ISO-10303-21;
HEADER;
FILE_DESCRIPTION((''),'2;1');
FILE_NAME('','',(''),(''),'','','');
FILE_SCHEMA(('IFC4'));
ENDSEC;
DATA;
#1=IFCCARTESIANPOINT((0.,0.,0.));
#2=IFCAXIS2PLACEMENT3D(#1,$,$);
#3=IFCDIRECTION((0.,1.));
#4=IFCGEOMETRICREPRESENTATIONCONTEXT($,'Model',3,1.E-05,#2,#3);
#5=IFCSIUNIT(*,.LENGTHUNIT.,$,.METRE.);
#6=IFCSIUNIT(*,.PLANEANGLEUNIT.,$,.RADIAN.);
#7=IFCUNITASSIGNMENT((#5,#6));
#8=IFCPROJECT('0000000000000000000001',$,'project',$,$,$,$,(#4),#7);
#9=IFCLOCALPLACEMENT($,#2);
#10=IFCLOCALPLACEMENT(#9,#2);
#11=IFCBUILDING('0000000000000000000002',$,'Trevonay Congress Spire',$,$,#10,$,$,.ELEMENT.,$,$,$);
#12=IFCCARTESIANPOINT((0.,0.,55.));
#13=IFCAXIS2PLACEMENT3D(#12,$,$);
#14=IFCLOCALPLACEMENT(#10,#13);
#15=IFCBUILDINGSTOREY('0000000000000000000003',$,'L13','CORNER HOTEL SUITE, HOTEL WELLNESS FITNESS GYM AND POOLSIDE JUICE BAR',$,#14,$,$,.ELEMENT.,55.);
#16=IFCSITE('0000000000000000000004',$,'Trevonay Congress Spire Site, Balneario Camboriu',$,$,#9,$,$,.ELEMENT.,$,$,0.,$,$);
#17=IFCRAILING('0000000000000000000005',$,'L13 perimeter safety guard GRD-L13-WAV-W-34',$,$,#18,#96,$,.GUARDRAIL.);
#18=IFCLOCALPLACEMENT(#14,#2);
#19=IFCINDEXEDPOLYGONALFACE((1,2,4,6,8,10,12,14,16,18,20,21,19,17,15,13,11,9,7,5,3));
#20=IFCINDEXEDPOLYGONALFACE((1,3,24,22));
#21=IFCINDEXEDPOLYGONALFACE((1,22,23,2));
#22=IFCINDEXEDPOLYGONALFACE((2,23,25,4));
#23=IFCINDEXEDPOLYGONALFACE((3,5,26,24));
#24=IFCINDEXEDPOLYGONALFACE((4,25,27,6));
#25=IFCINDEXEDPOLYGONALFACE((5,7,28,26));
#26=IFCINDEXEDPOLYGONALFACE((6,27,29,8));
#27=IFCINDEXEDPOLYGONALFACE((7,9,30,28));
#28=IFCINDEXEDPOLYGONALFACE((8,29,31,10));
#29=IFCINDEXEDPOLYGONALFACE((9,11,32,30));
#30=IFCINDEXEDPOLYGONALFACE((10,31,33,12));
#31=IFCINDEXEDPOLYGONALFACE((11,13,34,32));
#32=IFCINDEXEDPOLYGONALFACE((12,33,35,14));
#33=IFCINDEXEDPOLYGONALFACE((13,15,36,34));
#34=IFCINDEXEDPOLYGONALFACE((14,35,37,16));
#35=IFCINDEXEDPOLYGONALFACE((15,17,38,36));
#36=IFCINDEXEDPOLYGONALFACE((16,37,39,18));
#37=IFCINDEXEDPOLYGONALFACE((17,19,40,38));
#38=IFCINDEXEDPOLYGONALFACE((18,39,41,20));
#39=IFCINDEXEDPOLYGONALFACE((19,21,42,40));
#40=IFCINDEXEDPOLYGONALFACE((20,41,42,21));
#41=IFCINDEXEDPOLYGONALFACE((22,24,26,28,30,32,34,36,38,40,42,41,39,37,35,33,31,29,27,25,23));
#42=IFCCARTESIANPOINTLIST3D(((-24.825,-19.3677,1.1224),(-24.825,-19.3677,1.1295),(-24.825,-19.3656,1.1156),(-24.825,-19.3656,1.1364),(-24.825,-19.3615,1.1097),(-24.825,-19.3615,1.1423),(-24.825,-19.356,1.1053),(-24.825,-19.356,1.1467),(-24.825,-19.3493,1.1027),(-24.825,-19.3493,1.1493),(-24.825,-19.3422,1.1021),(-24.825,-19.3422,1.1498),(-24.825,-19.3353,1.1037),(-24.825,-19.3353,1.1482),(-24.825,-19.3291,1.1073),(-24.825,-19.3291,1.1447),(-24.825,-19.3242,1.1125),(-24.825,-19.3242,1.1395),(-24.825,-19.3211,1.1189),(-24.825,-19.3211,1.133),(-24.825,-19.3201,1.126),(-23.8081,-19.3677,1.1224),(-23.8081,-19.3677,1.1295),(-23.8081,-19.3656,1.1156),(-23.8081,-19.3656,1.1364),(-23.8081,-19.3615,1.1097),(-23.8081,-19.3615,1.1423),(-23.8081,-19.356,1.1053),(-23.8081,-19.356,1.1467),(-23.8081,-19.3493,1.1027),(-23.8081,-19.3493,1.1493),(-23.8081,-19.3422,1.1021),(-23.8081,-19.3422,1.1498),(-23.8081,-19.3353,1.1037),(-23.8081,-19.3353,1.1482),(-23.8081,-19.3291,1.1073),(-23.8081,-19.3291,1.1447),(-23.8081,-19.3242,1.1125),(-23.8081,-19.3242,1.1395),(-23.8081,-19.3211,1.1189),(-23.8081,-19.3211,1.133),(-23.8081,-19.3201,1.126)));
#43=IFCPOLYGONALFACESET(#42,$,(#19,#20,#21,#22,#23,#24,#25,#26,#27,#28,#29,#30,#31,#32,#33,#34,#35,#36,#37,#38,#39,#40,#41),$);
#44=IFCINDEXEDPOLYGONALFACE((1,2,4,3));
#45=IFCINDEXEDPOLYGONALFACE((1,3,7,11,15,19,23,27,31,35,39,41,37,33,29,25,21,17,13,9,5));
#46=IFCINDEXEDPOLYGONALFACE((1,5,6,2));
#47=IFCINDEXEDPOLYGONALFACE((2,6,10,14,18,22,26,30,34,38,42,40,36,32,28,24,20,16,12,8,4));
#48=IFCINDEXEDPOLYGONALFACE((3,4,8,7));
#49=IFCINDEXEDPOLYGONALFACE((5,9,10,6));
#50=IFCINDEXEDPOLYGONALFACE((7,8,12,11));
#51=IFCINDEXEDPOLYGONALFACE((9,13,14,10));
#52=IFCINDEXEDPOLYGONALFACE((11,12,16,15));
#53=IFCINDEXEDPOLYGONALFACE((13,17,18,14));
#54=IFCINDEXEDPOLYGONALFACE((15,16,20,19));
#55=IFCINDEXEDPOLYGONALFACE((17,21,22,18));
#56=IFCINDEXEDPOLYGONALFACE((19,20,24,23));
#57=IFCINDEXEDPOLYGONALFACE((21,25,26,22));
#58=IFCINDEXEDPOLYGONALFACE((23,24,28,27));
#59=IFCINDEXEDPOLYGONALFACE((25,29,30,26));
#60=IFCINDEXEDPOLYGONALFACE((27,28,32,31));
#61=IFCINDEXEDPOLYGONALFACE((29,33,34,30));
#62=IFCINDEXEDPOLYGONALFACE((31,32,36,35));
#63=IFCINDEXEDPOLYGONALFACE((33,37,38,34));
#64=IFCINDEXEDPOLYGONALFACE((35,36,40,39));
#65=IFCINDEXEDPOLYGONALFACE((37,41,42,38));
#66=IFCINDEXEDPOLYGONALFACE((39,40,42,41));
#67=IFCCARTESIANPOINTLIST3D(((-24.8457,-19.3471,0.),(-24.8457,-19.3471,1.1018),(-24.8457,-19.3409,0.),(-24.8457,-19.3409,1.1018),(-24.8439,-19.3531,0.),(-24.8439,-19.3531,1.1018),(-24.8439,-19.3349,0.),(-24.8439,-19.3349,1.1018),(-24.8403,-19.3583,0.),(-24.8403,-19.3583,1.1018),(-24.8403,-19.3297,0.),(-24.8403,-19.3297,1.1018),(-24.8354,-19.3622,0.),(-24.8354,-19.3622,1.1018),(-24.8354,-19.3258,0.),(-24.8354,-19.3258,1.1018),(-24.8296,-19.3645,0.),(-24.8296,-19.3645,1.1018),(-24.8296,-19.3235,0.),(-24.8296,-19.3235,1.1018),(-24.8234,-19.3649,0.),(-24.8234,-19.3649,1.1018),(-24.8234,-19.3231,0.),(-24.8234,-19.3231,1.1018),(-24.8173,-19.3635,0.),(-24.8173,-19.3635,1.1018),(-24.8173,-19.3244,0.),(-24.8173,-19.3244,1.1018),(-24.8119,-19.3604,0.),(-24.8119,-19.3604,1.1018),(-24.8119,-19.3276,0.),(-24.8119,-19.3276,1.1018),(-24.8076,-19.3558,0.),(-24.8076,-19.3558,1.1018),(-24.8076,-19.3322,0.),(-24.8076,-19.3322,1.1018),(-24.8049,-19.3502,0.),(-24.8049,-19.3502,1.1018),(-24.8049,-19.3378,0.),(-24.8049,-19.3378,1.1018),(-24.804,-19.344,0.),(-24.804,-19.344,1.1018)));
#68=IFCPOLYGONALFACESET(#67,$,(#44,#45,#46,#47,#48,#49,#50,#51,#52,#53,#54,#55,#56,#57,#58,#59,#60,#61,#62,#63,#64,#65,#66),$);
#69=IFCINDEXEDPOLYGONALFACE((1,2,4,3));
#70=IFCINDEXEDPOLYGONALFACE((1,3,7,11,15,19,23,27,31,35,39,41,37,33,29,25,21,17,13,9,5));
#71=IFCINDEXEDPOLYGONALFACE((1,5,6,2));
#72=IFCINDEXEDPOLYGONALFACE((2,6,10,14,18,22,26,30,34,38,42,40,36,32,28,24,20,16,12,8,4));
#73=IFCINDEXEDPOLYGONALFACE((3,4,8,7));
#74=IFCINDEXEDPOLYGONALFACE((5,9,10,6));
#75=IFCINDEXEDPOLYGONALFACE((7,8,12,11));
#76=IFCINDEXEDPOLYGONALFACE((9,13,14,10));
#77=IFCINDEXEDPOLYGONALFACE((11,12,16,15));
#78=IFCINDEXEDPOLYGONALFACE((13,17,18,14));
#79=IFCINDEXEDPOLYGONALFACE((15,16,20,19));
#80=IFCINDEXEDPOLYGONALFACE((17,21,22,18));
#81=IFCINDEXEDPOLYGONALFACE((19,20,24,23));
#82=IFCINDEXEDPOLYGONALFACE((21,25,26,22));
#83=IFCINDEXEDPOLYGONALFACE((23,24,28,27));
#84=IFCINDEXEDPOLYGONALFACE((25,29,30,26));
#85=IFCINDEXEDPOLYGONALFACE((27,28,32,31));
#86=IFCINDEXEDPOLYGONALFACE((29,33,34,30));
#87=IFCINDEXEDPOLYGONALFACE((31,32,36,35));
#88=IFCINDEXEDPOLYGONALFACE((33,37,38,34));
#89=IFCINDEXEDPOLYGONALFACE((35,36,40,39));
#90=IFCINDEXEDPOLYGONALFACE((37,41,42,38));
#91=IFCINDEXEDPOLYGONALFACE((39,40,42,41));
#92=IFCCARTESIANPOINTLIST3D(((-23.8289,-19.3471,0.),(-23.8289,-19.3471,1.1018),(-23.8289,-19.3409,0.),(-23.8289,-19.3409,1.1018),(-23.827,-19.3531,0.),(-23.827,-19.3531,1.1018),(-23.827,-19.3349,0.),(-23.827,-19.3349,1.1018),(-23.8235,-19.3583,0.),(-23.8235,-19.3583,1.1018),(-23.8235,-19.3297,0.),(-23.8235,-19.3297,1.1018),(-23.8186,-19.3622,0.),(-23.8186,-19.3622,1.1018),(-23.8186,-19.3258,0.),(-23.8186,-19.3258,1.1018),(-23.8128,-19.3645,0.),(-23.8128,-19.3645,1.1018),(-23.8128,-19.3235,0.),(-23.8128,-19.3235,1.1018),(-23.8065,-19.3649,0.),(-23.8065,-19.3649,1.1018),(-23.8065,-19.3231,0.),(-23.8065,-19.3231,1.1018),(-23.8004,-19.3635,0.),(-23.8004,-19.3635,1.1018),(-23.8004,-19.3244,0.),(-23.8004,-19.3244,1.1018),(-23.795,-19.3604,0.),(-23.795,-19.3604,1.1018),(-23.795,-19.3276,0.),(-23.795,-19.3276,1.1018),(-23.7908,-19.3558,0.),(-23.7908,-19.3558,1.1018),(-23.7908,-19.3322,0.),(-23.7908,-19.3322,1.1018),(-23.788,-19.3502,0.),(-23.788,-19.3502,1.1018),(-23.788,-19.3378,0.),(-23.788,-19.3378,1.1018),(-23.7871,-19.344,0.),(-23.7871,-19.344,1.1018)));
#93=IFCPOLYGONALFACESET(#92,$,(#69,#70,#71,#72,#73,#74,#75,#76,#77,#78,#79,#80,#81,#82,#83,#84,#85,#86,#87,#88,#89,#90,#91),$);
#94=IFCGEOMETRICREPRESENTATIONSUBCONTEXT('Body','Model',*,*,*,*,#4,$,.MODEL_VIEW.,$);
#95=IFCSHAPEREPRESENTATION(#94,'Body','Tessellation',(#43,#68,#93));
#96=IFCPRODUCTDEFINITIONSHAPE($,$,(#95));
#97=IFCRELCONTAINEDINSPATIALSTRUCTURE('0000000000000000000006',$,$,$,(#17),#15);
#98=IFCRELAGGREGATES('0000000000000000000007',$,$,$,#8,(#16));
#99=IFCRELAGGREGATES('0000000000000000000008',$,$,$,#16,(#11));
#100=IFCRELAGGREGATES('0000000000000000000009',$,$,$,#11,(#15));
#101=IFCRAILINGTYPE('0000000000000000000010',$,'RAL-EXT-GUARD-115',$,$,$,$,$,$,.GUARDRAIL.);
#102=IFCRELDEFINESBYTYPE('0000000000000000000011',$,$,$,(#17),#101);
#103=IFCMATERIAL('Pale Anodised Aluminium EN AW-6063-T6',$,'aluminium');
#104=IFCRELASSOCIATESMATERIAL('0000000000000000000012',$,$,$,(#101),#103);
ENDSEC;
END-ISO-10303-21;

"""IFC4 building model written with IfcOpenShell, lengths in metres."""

from ifc_helpers import new_model, si_unit, direction, frame, origin, origin_2d, place, context, subcontext, project, spatial, circle, extrude, material, type_object, element, save


model = new_model("IFC4")

# Units and contexts
model_context = context("Model", 3, precision=1e-05, world=origin(), true_north=direction((0.0, 1.0)))
body_context = subcontext(model_context, "Body", "Model", "MODEL_VIEW")
ifc_project = project(units=[si_unit("LENGTHUNIT", "METRE"), si_unit("PLANEANGLEUNIT", "RADIAN")], contexts=[model_context])

# Site, building, storey
site_placement = place(None, origin())
site = spatial("IfcSite", under=ifc_project, at=site_placement, Name="Trevonay Congress Spire Site, Balneario Camboriu", CompositionType="ELEMENT", RefElevation=0.0)
building_placement = place(site_placement, origin())
building = spatial("IfcBuilding", under=site, at=building_placement, Name="Trevonay Congress Spire", CompositionType="ELEMENT")
storey_placement = place(building_placement, frame((0.0, 0.0, 55.0)))
storey = spatial("IfcBuildingStorey", under=building, at=storey_placement, Name="L13", Description="CORNER HOTEL SUITE, HOTEL WELLNESS FITNESS GYM AND POOLSIDE JUICE BAR", CompositionType="ELEMENT", Elevation=55.0)

# Shared definitions
ifc_material_1 = material(Name="Pale Anodised Aluminium EN AW-6063-T6", Category="aluminium")

# Railing
railing_type = type_object("IfcRailingType", Name="RAL-EXT-GUARD-115", PredefinedType="GUARDRAIL", material=ifc_material_1)
railing_1_placement = place(storey_placement, frame((-24.825, -19.344, 0.0)))
element("IfcRailing", 1, at=railing_1_placement, inside=storey, type_object=railing_type, Name="L13 perimeter safety guard GRD-L13-WAV-W-34", PredefinedType="GUARDRAIL", context=body_context, shape_type="SweptSolid", body=[
    extrude(circle(Radius=0.0239, at=origin_2d()), frame((0.0, 0.0, 1.126), z_axis=(1.0, 0.0, 0.0), x_axis=(0.0, 1.0, 0.0)), (0.0, 0.0, 1.0), 1.0168),
    extrude(circle(Radius=0.021, at=origin_2d()), origin(), (0.0, 0.0, 1.0), 1.1018),
    extrude(circle(Radius=0.021, at=origin_2d()), frame((1.0168, 0.0, 0.0)), (0.0, 0.0, 1.0), 1.1018),
])

save(model, "model.ifc")
